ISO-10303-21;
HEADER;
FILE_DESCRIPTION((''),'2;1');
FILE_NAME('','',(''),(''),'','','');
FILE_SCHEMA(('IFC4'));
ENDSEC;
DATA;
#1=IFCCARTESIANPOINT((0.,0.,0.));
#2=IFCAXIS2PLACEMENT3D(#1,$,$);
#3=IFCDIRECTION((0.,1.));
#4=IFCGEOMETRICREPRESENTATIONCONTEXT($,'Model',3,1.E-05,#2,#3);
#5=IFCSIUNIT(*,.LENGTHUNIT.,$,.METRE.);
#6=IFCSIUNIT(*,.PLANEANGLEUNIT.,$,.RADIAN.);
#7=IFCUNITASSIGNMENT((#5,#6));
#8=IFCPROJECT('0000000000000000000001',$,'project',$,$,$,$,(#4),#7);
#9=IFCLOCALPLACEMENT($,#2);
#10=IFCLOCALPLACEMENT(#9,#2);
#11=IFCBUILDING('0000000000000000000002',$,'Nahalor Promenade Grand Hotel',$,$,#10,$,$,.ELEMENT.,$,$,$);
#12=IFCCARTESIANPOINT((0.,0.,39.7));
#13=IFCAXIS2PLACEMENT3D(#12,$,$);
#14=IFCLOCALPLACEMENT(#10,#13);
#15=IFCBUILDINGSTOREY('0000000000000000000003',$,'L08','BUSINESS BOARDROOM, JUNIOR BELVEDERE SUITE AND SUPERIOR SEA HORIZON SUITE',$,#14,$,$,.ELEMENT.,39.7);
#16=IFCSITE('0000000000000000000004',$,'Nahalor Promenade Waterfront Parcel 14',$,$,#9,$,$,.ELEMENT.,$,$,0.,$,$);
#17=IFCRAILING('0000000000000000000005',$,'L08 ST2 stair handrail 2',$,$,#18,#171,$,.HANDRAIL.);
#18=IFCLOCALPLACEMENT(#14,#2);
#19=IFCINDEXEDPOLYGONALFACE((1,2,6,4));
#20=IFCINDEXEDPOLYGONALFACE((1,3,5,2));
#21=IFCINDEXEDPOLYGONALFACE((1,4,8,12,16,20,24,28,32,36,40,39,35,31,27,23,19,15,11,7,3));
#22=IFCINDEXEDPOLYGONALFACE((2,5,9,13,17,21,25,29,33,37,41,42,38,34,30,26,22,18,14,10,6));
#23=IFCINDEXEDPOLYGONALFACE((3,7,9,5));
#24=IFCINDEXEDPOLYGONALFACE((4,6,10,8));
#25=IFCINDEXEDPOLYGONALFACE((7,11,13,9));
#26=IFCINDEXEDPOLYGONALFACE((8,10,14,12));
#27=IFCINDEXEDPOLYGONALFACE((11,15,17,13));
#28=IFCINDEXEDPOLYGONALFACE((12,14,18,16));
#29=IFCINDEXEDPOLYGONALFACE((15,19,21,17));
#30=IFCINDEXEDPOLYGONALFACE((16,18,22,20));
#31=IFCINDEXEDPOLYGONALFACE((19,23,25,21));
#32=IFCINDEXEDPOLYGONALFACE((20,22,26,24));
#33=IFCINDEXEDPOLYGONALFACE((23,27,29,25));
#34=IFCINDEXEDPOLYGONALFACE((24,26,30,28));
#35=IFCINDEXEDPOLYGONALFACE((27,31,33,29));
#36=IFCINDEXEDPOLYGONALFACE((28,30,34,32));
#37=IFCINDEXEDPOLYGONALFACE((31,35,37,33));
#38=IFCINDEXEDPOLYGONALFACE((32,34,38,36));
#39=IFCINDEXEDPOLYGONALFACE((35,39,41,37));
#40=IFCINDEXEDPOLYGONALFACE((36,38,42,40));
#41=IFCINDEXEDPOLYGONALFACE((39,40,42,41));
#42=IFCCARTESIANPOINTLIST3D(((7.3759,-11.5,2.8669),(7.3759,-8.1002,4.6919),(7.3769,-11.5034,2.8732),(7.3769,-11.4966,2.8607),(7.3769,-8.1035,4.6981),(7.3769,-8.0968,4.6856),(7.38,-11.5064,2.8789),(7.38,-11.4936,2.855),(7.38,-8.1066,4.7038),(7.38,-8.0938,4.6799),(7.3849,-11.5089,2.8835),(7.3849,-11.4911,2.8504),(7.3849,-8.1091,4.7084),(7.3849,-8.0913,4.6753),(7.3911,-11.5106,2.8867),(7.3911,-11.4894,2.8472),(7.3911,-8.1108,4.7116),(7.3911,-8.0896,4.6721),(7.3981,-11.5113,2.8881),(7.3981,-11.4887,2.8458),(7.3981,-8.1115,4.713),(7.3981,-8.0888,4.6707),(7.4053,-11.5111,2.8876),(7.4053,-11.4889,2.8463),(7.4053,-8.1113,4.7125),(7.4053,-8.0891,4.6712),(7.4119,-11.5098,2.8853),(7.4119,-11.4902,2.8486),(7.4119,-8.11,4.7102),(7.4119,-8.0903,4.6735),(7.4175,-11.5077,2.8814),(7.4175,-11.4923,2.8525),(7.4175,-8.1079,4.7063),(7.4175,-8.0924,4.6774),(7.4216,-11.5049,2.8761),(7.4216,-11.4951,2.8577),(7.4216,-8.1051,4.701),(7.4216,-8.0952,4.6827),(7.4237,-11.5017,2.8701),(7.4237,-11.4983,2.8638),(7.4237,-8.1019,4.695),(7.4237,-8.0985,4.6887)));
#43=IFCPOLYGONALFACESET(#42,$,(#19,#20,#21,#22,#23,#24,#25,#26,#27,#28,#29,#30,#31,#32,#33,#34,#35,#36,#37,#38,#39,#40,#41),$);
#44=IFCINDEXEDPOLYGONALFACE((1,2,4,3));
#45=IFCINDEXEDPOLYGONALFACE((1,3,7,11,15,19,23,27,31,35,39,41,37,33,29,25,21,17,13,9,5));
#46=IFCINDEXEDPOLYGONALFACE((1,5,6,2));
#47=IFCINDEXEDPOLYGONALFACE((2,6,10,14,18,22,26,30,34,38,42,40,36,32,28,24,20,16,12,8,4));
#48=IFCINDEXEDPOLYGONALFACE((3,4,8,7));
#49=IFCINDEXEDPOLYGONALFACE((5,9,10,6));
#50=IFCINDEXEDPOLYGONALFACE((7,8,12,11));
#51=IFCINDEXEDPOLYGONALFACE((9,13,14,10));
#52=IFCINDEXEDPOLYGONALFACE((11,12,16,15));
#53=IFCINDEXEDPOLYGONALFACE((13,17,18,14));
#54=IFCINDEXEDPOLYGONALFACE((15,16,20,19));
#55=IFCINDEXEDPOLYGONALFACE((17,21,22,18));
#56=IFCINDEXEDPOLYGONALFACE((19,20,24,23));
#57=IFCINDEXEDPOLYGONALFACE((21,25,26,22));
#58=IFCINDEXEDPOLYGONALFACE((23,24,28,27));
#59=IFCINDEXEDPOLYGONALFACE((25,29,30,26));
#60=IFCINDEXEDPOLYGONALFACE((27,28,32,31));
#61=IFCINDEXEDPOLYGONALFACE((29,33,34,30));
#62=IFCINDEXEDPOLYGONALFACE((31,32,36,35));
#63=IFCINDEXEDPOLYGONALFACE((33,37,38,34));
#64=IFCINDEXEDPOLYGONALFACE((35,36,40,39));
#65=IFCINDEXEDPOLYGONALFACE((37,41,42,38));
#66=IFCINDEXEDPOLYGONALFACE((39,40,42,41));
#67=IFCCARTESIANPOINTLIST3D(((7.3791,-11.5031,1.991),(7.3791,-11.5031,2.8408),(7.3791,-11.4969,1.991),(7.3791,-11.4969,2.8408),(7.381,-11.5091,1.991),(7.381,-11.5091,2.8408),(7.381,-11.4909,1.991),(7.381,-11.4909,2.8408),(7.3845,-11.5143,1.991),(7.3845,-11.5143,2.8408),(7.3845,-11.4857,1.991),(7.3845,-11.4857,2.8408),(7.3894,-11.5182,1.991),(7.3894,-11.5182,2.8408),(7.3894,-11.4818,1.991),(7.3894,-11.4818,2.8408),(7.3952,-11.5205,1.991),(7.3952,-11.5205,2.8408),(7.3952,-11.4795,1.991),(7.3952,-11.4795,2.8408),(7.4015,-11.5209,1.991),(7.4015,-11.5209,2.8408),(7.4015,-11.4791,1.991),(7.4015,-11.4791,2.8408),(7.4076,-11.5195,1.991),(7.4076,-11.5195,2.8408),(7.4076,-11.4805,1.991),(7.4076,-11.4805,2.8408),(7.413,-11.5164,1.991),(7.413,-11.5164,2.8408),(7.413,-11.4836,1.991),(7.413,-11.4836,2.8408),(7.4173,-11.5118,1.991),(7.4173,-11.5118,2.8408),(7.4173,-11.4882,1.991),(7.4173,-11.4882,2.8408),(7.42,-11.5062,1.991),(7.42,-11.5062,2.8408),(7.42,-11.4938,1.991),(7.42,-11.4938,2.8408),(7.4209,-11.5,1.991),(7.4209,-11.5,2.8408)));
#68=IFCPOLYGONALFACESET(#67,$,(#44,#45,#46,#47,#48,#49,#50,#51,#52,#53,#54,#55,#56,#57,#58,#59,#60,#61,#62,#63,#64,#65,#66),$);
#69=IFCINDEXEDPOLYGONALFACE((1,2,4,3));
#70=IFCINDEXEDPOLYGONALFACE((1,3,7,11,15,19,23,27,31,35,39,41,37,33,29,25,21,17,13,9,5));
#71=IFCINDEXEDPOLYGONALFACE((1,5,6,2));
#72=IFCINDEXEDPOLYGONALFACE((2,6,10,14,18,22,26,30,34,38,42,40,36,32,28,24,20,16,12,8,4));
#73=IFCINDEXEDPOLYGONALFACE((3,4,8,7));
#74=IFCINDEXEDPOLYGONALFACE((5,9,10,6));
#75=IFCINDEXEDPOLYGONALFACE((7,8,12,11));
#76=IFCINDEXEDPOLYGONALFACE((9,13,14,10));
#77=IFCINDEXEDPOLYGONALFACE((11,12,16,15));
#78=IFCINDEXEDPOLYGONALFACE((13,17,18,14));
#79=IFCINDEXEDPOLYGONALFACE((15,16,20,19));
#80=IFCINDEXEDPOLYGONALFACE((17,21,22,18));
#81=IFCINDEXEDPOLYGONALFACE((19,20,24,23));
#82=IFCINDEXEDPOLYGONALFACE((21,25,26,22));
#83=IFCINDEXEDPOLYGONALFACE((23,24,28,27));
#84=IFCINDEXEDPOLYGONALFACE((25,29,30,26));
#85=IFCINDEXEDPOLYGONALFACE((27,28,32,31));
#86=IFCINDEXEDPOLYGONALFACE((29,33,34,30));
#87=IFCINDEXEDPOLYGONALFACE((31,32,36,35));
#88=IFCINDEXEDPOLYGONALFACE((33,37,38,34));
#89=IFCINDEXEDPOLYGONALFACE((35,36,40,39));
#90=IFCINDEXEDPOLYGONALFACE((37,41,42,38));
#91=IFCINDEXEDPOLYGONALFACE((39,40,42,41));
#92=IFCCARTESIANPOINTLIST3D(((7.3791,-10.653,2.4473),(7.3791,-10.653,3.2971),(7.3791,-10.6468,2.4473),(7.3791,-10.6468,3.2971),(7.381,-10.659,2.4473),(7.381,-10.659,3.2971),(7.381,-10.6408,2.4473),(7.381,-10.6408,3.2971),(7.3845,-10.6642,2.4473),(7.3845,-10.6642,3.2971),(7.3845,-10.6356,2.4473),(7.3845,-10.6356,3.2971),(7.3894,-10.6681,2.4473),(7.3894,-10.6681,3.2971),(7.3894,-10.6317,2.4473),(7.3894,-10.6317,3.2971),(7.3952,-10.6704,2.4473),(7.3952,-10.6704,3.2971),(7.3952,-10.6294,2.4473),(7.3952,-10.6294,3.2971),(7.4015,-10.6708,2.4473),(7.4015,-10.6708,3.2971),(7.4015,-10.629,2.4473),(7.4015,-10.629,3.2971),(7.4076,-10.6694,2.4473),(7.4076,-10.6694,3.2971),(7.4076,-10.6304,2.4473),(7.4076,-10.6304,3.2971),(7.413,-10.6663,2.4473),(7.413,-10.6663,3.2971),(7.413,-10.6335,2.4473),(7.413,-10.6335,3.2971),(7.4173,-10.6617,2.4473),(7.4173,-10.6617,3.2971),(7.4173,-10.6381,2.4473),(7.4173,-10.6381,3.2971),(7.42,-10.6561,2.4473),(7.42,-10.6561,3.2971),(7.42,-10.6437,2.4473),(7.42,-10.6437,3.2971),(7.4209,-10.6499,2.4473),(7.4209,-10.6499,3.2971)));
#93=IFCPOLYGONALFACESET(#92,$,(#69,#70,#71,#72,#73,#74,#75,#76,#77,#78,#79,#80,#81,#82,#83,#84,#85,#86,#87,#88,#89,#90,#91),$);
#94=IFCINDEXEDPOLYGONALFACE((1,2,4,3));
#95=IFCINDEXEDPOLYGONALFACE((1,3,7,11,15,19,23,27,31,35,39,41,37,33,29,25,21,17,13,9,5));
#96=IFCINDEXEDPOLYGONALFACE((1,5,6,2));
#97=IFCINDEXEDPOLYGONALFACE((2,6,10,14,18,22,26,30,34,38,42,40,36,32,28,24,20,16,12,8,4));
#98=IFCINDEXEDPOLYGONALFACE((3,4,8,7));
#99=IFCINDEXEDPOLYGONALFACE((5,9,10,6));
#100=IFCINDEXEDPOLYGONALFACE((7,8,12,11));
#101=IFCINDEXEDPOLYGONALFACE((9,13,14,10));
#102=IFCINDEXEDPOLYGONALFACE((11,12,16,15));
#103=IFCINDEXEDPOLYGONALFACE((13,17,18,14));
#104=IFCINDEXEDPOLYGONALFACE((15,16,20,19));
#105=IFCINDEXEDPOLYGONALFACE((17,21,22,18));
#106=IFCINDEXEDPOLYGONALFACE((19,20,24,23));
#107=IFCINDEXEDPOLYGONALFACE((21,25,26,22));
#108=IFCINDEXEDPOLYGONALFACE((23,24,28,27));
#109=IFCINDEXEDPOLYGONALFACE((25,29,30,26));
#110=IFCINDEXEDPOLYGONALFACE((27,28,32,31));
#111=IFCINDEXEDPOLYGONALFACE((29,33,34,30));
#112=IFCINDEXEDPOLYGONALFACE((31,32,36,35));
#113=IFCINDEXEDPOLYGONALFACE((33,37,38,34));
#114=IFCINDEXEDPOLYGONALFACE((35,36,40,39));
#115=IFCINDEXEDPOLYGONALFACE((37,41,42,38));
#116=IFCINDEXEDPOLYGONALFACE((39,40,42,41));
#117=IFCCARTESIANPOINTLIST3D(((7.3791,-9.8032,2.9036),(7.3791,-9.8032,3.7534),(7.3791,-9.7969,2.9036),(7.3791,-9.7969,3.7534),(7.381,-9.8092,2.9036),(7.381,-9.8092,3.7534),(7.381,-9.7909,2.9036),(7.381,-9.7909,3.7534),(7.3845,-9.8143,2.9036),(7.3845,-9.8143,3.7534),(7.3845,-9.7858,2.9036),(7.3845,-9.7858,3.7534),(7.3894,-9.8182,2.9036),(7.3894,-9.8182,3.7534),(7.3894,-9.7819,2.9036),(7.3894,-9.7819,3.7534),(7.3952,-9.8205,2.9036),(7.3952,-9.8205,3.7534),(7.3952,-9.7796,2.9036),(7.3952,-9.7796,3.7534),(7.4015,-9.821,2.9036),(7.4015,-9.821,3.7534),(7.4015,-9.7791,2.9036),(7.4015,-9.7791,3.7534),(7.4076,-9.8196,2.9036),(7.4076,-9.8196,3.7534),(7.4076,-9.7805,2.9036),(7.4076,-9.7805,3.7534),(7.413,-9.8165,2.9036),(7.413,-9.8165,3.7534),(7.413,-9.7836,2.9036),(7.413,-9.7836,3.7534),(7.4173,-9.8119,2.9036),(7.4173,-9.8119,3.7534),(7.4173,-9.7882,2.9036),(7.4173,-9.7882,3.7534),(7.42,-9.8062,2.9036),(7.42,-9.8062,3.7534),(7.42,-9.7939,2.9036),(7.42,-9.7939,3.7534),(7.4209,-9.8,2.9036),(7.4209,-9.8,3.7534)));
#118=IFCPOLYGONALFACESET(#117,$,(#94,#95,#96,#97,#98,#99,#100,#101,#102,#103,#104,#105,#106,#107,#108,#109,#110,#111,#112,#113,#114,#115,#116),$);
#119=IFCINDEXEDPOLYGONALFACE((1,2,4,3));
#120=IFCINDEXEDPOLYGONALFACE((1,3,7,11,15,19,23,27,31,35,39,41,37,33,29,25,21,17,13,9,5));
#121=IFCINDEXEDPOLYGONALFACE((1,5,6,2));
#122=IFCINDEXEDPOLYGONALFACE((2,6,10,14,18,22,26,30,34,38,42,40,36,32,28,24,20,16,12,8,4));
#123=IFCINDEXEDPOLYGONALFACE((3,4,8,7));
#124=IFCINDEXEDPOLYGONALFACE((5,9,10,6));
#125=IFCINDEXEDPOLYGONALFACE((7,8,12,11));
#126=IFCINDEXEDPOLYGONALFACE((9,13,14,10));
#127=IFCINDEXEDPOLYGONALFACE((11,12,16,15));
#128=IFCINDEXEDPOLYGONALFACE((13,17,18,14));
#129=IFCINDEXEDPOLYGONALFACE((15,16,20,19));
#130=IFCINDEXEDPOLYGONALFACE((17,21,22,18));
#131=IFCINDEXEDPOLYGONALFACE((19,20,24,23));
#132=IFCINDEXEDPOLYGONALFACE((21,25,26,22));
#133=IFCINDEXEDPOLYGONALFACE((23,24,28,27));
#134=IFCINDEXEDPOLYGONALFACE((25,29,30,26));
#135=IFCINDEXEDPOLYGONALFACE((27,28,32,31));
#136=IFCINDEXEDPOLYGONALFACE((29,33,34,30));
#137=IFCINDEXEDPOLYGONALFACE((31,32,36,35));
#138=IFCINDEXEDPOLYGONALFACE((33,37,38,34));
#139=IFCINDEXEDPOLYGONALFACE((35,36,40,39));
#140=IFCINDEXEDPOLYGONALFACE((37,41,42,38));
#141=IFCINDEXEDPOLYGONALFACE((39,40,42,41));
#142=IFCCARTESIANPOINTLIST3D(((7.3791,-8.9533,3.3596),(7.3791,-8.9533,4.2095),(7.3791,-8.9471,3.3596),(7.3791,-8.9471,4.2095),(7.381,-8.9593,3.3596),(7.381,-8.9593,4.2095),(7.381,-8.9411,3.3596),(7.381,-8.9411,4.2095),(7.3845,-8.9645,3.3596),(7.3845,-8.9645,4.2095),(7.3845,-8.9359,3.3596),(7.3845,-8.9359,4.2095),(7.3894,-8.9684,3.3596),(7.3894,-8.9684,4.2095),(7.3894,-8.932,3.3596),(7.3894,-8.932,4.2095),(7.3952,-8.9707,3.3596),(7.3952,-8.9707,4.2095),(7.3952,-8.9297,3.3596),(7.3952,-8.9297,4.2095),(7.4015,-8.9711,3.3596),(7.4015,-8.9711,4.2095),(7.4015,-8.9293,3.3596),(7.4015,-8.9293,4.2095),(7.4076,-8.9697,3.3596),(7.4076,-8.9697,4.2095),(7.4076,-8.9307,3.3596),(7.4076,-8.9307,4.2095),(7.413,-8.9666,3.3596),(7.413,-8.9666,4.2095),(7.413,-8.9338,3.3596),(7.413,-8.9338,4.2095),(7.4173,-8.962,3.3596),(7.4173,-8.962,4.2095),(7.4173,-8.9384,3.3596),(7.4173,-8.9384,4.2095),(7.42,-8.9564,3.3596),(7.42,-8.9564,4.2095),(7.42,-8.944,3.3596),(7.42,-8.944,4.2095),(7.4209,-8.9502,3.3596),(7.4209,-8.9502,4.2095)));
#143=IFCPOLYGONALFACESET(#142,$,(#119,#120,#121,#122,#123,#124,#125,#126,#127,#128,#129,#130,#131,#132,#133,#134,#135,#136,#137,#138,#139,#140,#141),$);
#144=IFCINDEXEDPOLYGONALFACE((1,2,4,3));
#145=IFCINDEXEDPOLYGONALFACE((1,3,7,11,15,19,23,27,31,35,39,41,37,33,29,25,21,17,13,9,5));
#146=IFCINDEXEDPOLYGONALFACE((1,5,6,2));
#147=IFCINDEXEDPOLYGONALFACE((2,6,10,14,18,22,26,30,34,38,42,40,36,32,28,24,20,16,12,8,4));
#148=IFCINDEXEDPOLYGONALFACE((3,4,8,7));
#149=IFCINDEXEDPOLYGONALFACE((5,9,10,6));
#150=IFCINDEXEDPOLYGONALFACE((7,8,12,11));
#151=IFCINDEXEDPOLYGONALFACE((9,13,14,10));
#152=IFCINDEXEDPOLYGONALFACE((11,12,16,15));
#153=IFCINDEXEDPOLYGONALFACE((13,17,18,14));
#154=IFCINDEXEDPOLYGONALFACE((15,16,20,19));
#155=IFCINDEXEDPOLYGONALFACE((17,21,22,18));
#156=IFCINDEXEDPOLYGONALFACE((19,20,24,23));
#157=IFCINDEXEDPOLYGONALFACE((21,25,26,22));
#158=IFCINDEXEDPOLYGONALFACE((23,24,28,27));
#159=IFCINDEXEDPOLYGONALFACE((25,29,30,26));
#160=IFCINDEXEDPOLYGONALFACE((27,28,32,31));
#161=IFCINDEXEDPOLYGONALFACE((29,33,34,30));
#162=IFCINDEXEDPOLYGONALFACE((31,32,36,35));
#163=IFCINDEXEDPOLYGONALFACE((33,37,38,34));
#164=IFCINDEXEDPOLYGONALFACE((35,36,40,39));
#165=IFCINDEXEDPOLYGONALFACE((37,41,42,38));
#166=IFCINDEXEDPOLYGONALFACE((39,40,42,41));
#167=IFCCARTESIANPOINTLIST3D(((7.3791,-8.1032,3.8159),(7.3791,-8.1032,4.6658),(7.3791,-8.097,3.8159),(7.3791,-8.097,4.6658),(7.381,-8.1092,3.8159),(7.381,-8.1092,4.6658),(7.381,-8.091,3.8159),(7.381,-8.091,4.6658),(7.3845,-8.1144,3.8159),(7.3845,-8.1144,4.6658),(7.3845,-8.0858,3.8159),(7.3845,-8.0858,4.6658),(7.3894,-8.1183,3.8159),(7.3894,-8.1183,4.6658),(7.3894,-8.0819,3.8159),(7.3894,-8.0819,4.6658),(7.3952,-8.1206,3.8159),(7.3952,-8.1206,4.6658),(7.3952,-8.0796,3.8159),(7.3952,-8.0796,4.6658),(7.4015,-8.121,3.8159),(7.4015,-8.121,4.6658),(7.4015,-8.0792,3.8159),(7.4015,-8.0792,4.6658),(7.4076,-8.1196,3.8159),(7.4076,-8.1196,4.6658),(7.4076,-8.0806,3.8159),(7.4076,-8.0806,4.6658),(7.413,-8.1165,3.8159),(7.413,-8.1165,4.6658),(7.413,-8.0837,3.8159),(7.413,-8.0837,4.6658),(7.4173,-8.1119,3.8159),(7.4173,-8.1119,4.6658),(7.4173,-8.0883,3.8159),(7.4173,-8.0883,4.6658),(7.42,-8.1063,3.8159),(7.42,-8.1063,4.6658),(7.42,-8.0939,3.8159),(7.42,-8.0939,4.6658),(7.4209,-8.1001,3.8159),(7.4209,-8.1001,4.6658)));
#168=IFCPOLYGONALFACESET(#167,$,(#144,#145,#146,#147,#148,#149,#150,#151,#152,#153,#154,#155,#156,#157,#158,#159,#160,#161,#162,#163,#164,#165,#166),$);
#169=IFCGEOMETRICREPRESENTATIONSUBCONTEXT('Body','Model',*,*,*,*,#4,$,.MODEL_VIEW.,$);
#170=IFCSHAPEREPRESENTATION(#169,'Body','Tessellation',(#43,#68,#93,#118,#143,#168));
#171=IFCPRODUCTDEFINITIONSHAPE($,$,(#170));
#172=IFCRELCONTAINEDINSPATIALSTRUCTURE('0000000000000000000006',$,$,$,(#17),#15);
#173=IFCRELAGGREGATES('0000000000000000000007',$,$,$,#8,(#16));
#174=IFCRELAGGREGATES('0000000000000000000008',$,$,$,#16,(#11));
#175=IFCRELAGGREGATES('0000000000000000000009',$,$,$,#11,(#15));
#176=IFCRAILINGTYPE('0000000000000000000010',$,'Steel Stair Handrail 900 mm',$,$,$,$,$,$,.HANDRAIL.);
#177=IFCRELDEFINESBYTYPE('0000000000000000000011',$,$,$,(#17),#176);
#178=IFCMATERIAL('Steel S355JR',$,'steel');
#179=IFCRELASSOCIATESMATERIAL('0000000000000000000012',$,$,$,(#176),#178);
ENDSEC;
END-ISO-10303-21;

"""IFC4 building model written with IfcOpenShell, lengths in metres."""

from ifc_helpers import new_model, si_unit, direction, frame, origin, origin_2d, place, context, subcontext, project, spatial, circle, extrude, material, type_object, element, save


model = new_model("IFC4")

# Units and contexts
model_context = context("Model", 3, precision=1e-05, world=origin(), true_north=direction((0.0, 1.0)))
body_context = subcontext(model_context, "Body", "Model", "MODEL_VIEW")
ifc_project = project(units=[si_unit("LENGTHUNIT", "METRE"), si_unit("PLANEANGLEUNIT", "RADIAN")], contexts=[model_context])

# Site, building, storey
site_placement = place(None, origin())
site = spatial("IfcSite", under=ifc_project, at=site_placement, Name="Nahalor Promenade Waterfront Parcel 14", CompositionType="ELEMENT", RefElevation=0.0)
building_placement = place(site_placement, origin())
building = spatial("IfcBuilding", under=site, at=building_placement, Name="Nahalor Promenade Grand Hotel", CompositionType="ELEMENT")
storey_placement = place(building_placement, frame((0.0, 0.0, 39.7)))
storey = spatial("IfcBuildingStorey", under=building, at=storey_placement, Name="L08", Description="BUSINESS BOARDROOM, JUNIOR BELVEDERE SUITE AND SUPERIOR SEA HORIZON SUITE", CompositionType="ELEMENT", Elevation=39.7)

# Shared definitions
ifc_material_1 = material(Name="Steel S355JR", Category="steel")

# Railing
railing_type_1 = type_object("IfcRailingType", Name="Steel Stair Handrail 900 mm", PredefinedType="HANDRAIL", material=ifc_material_1)
railing_1_placement = place(storey_placement, frame((7.3999, -11.5, 1.991)))
element("IfcRailing", 1, at=railing_1_placement, inside=storey, type_object=railing_type_1, Name="L08 ST2 stair handrail 2", PredefinedType="HANDRAIL", context=body_context, shape_type="SweptSolid", body=[
    extrude(circle(Radius=0.024, at=origin_2d()), frame((0.0, 0.0, 0.876), z_axis=(0.0, 0.881094, 0.472941), x_axis=(-1.0, 0.0, 0.0)), (0.0, 0.0, 1.0), 3.8586),
    extrude(circle(Radius=0.021, at=origin_2d()), origin(), (0.0, 0.0, 1.0), 0.8499),
    extrude(circle(Radius=0.021, at=origin_2d()), frame((0.0, 0.8501, 0.4563)), (0.0, 0.0, 1.0), 0.8499),
    extrude(circle(Radius=0.021, at=origin_2d()), frame((0.0, 1.7, 0.9126)), (0.0, 0.0, 1.0), 0.8499),
    extrude(circle(Radius=0.021, at=origin_2d()), frame((0.0, 2.5498, 1.3687)), (0.0, 0.0, 1.0), 0.8499),
    extrude(circle(Radius=0.021, at=origin_2d()), frame((0.0, 3.3999, 1.825)), (0.0, 0.0, 1.0), 0.8499),
])

save(model, "model.ifc")
